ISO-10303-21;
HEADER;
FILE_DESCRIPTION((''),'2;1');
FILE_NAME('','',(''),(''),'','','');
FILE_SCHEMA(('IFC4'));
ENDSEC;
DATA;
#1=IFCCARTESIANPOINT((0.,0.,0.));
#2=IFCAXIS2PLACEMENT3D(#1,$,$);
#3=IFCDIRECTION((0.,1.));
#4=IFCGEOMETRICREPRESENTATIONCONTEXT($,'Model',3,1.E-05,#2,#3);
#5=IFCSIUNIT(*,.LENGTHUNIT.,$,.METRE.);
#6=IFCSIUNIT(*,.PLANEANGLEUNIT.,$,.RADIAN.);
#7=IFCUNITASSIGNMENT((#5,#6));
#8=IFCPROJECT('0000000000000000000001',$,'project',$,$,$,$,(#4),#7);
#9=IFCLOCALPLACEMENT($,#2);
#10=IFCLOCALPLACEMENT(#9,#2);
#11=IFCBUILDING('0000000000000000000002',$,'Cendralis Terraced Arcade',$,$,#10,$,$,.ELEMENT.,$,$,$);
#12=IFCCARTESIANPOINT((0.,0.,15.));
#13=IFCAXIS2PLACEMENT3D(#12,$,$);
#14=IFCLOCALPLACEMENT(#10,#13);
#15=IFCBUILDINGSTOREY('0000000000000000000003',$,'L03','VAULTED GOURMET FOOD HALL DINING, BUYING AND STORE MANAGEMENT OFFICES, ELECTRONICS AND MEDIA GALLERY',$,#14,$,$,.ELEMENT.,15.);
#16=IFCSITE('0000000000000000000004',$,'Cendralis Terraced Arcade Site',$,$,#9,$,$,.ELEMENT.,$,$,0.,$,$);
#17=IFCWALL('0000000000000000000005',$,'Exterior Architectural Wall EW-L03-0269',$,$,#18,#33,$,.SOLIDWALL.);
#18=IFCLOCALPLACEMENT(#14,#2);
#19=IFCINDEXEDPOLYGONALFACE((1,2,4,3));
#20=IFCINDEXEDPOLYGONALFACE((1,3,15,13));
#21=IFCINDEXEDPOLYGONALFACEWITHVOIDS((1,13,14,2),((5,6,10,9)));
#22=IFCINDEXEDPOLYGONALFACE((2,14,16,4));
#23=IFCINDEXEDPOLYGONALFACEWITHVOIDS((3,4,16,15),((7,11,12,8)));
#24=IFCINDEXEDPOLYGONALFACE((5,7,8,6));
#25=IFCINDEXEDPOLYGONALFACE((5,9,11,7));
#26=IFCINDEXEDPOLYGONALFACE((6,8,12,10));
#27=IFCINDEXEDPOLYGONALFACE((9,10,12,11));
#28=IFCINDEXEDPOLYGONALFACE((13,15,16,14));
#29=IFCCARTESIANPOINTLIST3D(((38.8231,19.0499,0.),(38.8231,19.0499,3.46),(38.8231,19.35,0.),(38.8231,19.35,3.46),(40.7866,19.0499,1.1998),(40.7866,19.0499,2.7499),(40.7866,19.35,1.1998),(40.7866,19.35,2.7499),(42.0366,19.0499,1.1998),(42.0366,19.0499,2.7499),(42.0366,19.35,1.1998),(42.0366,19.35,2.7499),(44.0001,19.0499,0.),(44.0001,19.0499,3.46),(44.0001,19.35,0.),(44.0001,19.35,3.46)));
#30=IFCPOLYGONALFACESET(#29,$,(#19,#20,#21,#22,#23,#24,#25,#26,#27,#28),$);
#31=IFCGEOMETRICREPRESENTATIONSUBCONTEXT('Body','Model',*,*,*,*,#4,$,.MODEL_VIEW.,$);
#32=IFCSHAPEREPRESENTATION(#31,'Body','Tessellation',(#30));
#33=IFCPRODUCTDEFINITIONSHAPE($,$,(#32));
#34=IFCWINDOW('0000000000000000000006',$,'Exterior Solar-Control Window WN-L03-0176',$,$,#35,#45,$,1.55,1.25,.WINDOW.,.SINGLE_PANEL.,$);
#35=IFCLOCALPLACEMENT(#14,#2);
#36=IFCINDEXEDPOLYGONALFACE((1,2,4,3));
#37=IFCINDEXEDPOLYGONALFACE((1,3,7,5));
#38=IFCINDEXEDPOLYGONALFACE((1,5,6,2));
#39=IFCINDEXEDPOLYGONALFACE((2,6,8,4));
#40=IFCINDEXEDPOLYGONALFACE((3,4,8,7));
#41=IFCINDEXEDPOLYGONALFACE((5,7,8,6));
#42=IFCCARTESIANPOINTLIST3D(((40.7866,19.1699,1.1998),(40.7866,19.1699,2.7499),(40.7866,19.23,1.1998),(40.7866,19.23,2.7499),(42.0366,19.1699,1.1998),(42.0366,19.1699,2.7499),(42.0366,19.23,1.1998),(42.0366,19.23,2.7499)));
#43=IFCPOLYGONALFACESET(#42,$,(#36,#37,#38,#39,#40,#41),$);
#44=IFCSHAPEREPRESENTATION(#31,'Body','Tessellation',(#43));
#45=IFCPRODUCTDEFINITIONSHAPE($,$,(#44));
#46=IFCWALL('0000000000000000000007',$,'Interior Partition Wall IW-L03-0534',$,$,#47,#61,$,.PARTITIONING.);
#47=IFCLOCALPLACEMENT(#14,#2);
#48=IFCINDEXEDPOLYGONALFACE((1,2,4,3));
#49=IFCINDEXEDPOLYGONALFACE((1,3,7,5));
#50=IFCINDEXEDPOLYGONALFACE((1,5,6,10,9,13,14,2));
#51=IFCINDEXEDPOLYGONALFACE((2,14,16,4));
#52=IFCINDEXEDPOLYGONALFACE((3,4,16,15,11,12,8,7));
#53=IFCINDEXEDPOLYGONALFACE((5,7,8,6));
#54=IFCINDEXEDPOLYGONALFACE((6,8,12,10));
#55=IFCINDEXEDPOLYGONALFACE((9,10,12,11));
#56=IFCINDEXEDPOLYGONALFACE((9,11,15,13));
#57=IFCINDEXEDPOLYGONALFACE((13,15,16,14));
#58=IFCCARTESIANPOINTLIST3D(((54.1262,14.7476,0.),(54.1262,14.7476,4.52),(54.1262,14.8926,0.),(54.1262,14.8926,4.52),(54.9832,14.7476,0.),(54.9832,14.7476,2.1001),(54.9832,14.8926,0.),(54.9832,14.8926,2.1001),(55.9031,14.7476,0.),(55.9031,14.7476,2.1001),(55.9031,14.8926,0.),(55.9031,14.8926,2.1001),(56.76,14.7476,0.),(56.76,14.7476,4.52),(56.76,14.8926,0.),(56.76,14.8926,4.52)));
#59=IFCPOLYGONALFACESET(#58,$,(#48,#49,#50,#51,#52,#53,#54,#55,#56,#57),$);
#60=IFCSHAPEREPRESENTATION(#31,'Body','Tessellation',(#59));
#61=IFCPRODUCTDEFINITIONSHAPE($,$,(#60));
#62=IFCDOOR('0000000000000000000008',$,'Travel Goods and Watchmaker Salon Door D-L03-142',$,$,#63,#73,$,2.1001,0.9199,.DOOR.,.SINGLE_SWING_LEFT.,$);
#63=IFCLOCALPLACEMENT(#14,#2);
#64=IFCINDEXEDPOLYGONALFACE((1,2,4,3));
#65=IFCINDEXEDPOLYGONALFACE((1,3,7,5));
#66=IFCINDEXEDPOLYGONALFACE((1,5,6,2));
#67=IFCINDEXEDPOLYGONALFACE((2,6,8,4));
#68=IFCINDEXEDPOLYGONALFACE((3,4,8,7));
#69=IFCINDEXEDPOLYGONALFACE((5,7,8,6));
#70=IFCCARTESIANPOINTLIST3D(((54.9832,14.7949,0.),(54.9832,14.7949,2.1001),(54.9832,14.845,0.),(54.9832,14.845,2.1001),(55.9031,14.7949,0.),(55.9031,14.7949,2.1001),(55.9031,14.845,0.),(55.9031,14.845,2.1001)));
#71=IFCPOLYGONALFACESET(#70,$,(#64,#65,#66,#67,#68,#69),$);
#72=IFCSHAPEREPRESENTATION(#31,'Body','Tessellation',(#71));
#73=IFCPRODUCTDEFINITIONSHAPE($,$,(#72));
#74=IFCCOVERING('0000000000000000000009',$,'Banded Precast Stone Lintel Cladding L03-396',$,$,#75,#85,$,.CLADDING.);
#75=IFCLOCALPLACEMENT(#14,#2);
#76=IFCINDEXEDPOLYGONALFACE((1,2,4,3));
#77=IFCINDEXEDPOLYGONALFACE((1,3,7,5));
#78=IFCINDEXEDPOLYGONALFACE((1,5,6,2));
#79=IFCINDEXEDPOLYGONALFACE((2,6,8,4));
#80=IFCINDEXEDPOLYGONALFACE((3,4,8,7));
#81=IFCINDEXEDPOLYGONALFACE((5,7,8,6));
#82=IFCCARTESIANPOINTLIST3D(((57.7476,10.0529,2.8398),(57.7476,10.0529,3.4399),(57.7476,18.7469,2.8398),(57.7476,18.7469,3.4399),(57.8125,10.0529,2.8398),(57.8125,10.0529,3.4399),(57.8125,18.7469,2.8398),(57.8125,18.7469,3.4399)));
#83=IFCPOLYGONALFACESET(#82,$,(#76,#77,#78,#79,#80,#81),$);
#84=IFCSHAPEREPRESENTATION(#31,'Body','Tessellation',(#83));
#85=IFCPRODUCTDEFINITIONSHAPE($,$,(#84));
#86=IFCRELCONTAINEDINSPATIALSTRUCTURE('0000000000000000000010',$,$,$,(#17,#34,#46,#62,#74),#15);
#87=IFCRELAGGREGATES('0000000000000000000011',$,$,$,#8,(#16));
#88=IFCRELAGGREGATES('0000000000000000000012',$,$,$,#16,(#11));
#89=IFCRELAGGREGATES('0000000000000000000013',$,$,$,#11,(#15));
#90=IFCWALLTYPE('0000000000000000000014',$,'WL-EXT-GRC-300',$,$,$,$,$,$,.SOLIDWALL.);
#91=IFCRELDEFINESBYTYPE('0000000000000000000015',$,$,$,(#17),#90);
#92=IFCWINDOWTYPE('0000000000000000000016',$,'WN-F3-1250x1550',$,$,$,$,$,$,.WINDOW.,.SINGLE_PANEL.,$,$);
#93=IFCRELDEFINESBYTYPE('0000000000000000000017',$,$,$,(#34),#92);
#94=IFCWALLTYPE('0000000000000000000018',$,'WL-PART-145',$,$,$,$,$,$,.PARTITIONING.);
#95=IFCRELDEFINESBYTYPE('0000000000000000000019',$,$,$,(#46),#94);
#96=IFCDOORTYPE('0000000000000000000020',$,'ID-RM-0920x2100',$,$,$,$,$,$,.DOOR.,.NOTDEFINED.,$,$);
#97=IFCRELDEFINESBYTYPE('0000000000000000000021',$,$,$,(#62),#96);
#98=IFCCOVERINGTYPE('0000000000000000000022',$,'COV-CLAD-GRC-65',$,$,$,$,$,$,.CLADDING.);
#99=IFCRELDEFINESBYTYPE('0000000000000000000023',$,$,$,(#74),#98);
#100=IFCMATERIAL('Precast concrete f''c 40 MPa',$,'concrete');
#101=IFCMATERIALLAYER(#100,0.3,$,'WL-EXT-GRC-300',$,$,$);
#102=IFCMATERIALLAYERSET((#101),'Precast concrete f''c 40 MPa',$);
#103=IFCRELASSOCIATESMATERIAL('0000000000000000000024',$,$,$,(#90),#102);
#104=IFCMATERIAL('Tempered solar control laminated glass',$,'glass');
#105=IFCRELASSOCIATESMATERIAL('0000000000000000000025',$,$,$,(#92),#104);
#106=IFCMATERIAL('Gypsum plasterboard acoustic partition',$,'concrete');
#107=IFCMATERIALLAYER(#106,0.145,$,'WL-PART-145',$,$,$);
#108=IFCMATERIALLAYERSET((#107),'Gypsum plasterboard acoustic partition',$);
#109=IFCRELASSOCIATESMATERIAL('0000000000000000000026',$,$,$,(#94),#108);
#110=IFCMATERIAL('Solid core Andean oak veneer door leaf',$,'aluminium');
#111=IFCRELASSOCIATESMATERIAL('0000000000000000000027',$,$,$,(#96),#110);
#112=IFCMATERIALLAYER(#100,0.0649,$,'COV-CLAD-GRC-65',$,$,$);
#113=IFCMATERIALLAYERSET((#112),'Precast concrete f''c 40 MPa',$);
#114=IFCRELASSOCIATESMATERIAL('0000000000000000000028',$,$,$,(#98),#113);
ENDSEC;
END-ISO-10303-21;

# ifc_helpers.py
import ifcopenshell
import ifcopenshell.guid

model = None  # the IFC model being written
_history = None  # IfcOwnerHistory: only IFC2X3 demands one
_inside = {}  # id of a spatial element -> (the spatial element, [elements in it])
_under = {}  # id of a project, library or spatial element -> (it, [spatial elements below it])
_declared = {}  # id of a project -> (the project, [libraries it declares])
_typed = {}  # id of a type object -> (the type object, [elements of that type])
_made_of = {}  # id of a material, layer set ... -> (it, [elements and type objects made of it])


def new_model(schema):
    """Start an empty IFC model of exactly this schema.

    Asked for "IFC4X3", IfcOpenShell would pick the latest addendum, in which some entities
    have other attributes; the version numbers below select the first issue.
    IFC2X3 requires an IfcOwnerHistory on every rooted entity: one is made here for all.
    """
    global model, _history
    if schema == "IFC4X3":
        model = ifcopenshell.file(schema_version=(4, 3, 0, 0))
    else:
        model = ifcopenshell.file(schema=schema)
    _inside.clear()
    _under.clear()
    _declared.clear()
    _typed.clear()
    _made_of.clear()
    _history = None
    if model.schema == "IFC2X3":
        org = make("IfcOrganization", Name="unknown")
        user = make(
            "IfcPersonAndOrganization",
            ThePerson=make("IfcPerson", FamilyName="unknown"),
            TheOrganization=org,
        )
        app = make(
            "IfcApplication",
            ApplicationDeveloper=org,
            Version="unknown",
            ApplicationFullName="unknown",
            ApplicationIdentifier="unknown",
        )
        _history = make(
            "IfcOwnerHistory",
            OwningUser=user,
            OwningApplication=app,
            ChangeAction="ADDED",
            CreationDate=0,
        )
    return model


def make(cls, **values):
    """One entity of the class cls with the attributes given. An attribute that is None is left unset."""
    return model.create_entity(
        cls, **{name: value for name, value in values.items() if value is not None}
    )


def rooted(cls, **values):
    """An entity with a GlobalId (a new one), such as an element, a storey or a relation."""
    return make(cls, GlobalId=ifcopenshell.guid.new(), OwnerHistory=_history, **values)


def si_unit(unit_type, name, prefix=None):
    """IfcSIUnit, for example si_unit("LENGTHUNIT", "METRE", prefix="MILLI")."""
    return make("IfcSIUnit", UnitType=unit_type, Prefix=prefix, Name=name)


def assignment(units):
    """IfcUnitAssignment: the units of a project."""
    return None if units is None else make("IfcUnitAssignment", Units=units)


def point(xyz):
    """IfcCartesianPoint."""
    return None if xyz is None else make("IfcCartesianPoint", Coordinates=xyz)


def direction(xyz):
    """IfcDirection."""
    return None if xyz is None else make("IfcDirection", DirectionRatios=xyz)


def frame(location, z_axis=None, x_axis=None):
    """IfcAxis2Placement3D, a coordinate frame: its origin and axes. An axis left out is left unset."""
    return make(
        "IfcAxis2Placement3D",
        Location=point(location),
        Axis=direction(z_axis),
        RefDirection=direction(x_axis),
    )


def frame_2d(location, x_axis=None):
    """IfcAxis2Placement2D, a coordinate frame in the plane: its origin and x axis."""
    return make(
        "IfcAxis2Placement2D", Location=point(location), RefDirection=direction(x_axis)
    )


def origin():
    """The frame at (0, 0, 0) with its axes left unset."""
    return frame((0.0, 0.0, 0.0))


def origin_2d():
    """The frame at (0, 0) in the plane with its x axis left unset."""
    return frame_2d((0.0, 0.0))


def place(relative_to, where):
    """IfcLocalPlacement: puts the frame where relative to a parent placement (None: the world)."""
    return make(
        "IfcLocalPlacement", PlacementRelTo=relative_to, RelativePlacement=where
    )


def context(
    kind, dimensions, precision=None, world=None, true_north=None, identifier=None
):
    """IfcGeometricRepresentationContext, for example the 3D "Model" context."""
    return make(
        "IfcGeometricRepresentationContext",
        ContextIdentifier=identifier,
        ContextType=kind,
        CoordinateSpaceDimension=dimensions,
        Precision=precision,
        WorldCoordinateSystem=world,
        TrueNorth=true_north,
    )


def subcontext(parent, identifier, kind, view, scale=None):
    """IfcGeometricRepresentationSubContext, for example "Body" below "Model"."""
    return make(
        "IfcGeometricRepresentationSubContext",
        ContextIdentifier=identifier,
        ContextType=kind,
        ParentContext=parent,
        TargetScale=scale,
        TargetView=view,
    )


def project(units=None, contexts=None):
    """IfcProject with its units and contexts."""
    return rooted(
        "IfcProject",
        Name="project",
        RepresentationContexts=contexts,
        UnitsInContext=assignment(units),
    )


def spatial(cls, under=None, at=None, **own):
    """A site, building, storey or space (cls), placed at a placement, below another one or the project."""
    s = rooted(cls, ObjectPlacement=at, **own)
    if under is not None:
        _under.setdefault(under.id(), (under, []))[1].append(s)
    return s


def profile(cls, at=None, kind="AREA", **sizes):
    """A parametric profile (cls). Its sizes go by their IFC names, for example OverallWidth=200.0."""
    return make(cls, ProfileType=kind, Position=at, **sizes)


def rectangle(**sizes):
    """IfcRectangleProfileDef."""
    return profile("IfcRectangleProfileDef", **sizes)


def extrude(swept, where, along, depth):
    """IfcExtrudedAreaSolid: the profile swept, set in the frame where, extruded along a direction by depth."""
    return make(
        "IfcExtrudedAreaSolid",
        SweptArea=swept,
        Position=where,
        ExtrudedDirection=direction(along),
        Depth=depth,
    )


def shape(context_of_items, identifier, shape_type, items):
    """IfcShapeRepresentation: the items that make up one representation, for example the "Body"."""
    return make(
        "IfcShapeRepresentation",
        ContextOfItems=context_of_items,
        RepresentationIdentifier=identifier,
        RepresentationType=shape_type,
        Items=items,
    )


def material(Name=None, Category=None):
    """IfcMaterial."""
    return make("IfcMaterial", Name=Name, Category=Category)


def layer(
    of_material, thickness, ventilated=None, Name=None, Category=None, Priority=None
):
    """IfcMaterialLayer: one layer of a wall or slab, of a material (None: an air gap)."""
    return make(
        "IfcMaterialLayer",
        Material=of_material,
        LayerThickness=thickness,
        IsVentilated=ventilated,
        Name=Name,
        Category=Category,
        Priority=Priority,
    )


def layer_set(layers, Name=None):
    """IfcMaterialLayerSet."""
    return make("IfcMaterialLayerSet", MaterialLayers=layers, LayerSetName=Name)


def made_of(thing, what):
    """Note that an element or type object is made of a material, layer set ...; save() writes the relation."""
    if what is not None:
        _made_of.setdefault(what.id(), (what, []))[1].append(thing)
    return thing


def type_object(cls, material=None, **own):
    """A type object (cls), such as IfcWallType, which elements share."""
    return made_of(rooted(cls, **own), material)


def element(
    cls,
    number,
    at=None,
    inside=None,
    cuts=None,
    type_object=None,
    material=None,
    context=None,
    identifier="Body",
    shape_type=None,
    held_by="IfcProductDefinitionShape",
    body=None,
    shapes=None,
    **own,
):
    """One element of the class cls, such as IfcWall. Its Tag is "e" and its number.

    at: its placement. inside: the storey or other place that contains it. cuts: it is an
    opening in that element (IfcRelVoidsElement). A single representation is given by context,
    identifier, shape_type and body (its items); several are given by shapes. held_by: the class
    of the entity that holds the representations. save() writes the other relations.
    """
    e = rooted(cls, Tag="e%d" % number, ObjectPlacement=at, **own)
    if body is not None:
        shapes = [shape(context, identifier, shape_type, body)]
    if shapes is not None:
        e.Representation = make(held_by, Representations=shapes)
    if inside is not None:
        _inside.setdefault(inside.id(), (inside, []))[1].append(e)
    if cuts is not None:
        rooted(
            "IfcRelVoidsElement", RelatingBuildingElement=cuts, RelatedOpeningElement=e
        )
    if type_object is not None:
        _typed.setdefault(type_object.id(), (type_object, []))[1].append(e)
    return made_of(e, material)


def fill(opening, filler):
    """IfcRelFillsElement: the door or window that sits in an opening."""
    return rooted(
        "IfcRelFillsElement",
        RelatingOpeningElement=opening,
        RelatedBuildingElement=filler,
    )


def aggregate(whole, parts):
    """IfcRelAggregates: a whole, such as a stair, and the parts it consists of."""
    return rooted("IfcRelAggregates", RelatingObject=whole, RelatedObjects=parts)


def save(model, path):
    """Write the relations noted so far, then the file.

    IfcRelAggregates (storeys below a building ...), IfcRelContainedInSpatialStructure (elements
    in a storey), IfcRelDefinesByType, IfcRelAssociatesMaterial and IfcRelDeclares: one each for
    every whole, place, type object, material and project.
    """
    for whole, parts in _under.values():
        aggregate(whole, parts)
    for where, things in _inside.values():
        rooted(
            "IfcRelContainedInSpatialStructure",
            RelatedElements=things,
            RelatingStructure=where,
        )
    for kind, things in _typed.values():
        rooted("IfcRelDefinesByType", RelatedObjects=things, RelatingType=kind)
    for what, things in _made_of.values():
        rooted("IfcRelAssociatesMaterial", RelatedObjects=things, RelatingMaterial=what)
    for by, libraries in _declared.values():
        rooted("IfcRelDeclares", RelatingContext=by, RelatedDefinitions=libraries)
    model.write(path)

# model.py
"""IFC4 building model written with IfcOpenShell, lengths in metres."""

from ifc_helpers import new_model, si_unit, direction, frame, frame_2d, origin, origin_2d, place, context, subcontext, project, spatial, rectangle, extrude, material, layer, layer_set, type_object, element, fill, save


model = new_model("IFC4")

# Units and contexts
model_context = context("Model", 3, precision=1e-05, world=origin(), true_north=direction((0.0, 1.0)))
body_context = subcontext(model_context, "Body", "Model", "MODEL_VIEW")
ifc_project = project(units=[si_unit("LENGTHUNIT", "METRE"), si_unit("PLANEANGLEUNIT", "RADIAN")], contexts=[model_context])

# Site, building, storey
site_placement = place(None, origin())
site = spatial("IfcSite", under=ifc_project, at=site_placement, Name="Cendralis Terraced Arcade Site", CompositionType="ELEMENT", RefElevation=0.0)
building_placement = place(site_placement, origin())
building = spatial("IfcBuilding", under=site, at=building_placement, Name="Cendralis Terraced Arcade", CompositionType="ELEMENT")
storey_placement = place(building_placement, frame((0.0, 0.0, 15.0)))
storey = spatial("IfcBuildingStorey", under=building, at=storey_placement, Name="L03", Description="VAULTED GOURMET FOOD HALL DINING, BUYING AND STORE MANAGEMENT OFFICES, ELECTRONICS AND MEDIA GALLERY", CompositionType="ELEMENT", Elevation=15.0)

# Shared definitions
ifc_material_1 = material(Name="Tempered solar control laminated glass", Category="glass")

# Wall, opening, window
ifc_material_2 = material(Name="Precast concrete f'c 40 MPa", Category="concrete")
ifc_layer_1 = layer(ifc_material_2, 0.3, Name="WL-EXT-GRC-300")
ifc_layer_set_1 = layer_set([ifc_layer_1], Name="Precast concrete f'c 40 MPa")
wall_type_1 = type_object("IfcWallType", Name="WL-EXT-GRC-300", PredefinedType="SOLIDWALL", material=ifc_layer_set_1)
wall_1_placement = place(storey_placement, frame((44.0, 19.2, 0.0), z_axis=(0.0, 0.0, 1.0), x_axis=(-1.0, 0.0, 0.0)))
wall_1 = element("IfcWall", 1, at=wall_1_placement, inside=storey, type_object=wall_type_1, Name="Exterior Architectural Wall EW-L03-0269", PredefinedType="SOLIDWALL", context=body_context, shape_type="SweptSolid", body=[
    extrude(rectangle(XDim=5.177, YDim=0.3, at=frame_2d((2.5884, 0.0))), origin(), (0.0, 0.0, 1.0), 3.46),
])
opening_1_placement = place(wall_1_placement, frame((1.9634, 0.0, 1.2)))
opening_1 = element("IfcOpeningElement", 2, at=opening_1_placement, cuts=wall_1, PredefinedType="OPENING", context=body_context, shape_type="SweptSolid", body=[
    extrude(rectangle(XDim=1.25, YDim=1.55, at=frame_2d((0.625, 0.7749))), frame((0.0, 0.1621, 0.0), z_axis=(0.0, -1.0, 0.0), x_axis=(1.0, 0.0, 0.0)), (0.0, 0.0, 1.0), 0.324),
])
window_type_1 = type_object("IfcWindowType", Name="WN-F3-1250x1550", PartitioningType="SINGLE_PANEL", PredefinedType="WINDOW", material=ifc_material_1)
window_1_placement = place(opening_1_placement, origin())
window_1 = element("IfcWindow", 3, at=window_1_placement, inside=storey, type_object=window_type_1, Name="Exterior Solar-Control Window WN-L03-0176", OverallHeight=1.55, OverallWidth=1.25, PartitioningType="SINGLE_PANEL", PredefinedType="WINDOW", context=body_context, shape_type="SweptSolid", body=[
    extrude(rectangle(XDim=1.25, YDim=1.55, at=frame_2d((0.625, 0.7749))), frame((0.0, 0.03, 0.0), z_axis=(0.0, -1.0, 0.0), x_axis=(1.0, 0.0, 0.0)), (0.0, 0.0, 1.0), 0.0601),
])
fill(opening_1, window_1)

# Wall, opening, door
ifc_material_3 = material(Name="Gypsum plasterboard acoustic partition", Category="concrete")
ifc_layer_2 = layer(ifc_material_3, 0.145, Name="WL-PART-145")
ifc_layer_set_2 = layer_set([ifc_layer_2], Name="Gypsum plasterboard acoustic partition")
wall_type_2 = type_object("IfcWallType", Name="WL-PART-145", PredefinedType="PARTITIONING", material=ifc_layer_set_2)
wall_2_placement = place(storey_placement, frame((54.1262, 14.8201, 0.0), z_axis=(0.0, 0.0, 1.0), x_axis=(1.0, 0.0, 0.0)))
wall_2 = element("IfcWall", 4, at=wall_2_placement, inside=storey, type_object=wall_type_2, Name="Interior Partition Wall IW-L03-0534", PredefinedType="PARTITIONING", context=body_context, shape_type="SweptSolid", body=[
    extrude(rectangle(XDim=2.6338, YDim=0.145, at=frame_2d((1.3169, 0.0))), origin(), (0.0, 0.0, 1.0), 4.52),
])
opening_2_placement = place(wall_2_placement, frame((0.8569, 0.0, 0.0)))
opening_2 = element("IfcOpeningElement", 5, at=opening_2_placement, cuts=wall_2, PredefinedType="OPENING", context=body_context, shape_type="SweptSolid", body=[
    extrude(rectangle(XDim=0.9199, YDim=2.1001, at=frame_2d((0.46, 1.05))), frame((0.0, 0.0845, 0.0), z_axis=(0.0, -1.0, 0.0), x_axis=(1.0, 0.0, 0.0)), (0.0, 0.0, 1.0), 0.1689),
])
ifc_material_4 = material(Name="Solid core Andean oak veneer door leaf", Category="aluminium")
door_type_1 = type_object("IfcDoorType", Name="ID-RM-0920x2100", OperationType="NOTDEFINED", PredefinedType="DOOR", material=ifc_material_4)
door_1_placement = place(opening_2_placement, origin())
door_1 = element("IfcDoor", 6, at=door_1_placement, inside=storey, type_object=door_type_1, Name="Travel Goods and Watchmaker Salon Door D-L03-142", OperationType="SINGLE_SWING_LEFT", OverallHeight=2.1001, OverallWidth=0.9199, PredefinedType="DOOR", context=body_context, shape_type="SweptSolid", body=[
    extrude(rectangle(XDim=0.9199, YDim=2.1001, at=frame_2d((0.46, 1.05))), frame((0.0, 0.0249, 0.0), z_axis=(0.0, -1.0, 0.0), x_axis=(1.0, 0.0, 0.0)), (0.0, 0.0, 1.0), 0.05),
])
fill(opening_2, door_1)

# Covering
ifc_layer_3 = layer(ifc_material_2, 0.0649, Name="COV-CLAD-GRC-65")
ifc_layer_set_3 = layer_set([ifc_layer_3], Name="Precast concrete f'c 40 MPa")
covering_type = type_object("IfcCoveringType", Name="COV-CLAD-GRC-65", PredefinedType="CLADDING", material=ifc_layer_set_3)
covering_placement = place(storey_placement, frame((57.78, 14.3999, 2.8398), z_axis=(0.0, 0.0, 1.0), x_axis=(0.0, -1.0, 0.0)))
element("IfcCovering", 7, at=covering_placement, inside=storey, type_object=covering_type, Name="Banded Precast Stone Lintel Cladding L03-396", PredefinedType="CLADDING", context=body_context, shape_type="SweptSolid", body=[
    extrude(rectangle(XDim=8.6941, YDim=0.0649, at=origin_2d()), origin(), (0.0, 0.0, 1.0), 0.6001),
])

save(model, "model.ifc")
